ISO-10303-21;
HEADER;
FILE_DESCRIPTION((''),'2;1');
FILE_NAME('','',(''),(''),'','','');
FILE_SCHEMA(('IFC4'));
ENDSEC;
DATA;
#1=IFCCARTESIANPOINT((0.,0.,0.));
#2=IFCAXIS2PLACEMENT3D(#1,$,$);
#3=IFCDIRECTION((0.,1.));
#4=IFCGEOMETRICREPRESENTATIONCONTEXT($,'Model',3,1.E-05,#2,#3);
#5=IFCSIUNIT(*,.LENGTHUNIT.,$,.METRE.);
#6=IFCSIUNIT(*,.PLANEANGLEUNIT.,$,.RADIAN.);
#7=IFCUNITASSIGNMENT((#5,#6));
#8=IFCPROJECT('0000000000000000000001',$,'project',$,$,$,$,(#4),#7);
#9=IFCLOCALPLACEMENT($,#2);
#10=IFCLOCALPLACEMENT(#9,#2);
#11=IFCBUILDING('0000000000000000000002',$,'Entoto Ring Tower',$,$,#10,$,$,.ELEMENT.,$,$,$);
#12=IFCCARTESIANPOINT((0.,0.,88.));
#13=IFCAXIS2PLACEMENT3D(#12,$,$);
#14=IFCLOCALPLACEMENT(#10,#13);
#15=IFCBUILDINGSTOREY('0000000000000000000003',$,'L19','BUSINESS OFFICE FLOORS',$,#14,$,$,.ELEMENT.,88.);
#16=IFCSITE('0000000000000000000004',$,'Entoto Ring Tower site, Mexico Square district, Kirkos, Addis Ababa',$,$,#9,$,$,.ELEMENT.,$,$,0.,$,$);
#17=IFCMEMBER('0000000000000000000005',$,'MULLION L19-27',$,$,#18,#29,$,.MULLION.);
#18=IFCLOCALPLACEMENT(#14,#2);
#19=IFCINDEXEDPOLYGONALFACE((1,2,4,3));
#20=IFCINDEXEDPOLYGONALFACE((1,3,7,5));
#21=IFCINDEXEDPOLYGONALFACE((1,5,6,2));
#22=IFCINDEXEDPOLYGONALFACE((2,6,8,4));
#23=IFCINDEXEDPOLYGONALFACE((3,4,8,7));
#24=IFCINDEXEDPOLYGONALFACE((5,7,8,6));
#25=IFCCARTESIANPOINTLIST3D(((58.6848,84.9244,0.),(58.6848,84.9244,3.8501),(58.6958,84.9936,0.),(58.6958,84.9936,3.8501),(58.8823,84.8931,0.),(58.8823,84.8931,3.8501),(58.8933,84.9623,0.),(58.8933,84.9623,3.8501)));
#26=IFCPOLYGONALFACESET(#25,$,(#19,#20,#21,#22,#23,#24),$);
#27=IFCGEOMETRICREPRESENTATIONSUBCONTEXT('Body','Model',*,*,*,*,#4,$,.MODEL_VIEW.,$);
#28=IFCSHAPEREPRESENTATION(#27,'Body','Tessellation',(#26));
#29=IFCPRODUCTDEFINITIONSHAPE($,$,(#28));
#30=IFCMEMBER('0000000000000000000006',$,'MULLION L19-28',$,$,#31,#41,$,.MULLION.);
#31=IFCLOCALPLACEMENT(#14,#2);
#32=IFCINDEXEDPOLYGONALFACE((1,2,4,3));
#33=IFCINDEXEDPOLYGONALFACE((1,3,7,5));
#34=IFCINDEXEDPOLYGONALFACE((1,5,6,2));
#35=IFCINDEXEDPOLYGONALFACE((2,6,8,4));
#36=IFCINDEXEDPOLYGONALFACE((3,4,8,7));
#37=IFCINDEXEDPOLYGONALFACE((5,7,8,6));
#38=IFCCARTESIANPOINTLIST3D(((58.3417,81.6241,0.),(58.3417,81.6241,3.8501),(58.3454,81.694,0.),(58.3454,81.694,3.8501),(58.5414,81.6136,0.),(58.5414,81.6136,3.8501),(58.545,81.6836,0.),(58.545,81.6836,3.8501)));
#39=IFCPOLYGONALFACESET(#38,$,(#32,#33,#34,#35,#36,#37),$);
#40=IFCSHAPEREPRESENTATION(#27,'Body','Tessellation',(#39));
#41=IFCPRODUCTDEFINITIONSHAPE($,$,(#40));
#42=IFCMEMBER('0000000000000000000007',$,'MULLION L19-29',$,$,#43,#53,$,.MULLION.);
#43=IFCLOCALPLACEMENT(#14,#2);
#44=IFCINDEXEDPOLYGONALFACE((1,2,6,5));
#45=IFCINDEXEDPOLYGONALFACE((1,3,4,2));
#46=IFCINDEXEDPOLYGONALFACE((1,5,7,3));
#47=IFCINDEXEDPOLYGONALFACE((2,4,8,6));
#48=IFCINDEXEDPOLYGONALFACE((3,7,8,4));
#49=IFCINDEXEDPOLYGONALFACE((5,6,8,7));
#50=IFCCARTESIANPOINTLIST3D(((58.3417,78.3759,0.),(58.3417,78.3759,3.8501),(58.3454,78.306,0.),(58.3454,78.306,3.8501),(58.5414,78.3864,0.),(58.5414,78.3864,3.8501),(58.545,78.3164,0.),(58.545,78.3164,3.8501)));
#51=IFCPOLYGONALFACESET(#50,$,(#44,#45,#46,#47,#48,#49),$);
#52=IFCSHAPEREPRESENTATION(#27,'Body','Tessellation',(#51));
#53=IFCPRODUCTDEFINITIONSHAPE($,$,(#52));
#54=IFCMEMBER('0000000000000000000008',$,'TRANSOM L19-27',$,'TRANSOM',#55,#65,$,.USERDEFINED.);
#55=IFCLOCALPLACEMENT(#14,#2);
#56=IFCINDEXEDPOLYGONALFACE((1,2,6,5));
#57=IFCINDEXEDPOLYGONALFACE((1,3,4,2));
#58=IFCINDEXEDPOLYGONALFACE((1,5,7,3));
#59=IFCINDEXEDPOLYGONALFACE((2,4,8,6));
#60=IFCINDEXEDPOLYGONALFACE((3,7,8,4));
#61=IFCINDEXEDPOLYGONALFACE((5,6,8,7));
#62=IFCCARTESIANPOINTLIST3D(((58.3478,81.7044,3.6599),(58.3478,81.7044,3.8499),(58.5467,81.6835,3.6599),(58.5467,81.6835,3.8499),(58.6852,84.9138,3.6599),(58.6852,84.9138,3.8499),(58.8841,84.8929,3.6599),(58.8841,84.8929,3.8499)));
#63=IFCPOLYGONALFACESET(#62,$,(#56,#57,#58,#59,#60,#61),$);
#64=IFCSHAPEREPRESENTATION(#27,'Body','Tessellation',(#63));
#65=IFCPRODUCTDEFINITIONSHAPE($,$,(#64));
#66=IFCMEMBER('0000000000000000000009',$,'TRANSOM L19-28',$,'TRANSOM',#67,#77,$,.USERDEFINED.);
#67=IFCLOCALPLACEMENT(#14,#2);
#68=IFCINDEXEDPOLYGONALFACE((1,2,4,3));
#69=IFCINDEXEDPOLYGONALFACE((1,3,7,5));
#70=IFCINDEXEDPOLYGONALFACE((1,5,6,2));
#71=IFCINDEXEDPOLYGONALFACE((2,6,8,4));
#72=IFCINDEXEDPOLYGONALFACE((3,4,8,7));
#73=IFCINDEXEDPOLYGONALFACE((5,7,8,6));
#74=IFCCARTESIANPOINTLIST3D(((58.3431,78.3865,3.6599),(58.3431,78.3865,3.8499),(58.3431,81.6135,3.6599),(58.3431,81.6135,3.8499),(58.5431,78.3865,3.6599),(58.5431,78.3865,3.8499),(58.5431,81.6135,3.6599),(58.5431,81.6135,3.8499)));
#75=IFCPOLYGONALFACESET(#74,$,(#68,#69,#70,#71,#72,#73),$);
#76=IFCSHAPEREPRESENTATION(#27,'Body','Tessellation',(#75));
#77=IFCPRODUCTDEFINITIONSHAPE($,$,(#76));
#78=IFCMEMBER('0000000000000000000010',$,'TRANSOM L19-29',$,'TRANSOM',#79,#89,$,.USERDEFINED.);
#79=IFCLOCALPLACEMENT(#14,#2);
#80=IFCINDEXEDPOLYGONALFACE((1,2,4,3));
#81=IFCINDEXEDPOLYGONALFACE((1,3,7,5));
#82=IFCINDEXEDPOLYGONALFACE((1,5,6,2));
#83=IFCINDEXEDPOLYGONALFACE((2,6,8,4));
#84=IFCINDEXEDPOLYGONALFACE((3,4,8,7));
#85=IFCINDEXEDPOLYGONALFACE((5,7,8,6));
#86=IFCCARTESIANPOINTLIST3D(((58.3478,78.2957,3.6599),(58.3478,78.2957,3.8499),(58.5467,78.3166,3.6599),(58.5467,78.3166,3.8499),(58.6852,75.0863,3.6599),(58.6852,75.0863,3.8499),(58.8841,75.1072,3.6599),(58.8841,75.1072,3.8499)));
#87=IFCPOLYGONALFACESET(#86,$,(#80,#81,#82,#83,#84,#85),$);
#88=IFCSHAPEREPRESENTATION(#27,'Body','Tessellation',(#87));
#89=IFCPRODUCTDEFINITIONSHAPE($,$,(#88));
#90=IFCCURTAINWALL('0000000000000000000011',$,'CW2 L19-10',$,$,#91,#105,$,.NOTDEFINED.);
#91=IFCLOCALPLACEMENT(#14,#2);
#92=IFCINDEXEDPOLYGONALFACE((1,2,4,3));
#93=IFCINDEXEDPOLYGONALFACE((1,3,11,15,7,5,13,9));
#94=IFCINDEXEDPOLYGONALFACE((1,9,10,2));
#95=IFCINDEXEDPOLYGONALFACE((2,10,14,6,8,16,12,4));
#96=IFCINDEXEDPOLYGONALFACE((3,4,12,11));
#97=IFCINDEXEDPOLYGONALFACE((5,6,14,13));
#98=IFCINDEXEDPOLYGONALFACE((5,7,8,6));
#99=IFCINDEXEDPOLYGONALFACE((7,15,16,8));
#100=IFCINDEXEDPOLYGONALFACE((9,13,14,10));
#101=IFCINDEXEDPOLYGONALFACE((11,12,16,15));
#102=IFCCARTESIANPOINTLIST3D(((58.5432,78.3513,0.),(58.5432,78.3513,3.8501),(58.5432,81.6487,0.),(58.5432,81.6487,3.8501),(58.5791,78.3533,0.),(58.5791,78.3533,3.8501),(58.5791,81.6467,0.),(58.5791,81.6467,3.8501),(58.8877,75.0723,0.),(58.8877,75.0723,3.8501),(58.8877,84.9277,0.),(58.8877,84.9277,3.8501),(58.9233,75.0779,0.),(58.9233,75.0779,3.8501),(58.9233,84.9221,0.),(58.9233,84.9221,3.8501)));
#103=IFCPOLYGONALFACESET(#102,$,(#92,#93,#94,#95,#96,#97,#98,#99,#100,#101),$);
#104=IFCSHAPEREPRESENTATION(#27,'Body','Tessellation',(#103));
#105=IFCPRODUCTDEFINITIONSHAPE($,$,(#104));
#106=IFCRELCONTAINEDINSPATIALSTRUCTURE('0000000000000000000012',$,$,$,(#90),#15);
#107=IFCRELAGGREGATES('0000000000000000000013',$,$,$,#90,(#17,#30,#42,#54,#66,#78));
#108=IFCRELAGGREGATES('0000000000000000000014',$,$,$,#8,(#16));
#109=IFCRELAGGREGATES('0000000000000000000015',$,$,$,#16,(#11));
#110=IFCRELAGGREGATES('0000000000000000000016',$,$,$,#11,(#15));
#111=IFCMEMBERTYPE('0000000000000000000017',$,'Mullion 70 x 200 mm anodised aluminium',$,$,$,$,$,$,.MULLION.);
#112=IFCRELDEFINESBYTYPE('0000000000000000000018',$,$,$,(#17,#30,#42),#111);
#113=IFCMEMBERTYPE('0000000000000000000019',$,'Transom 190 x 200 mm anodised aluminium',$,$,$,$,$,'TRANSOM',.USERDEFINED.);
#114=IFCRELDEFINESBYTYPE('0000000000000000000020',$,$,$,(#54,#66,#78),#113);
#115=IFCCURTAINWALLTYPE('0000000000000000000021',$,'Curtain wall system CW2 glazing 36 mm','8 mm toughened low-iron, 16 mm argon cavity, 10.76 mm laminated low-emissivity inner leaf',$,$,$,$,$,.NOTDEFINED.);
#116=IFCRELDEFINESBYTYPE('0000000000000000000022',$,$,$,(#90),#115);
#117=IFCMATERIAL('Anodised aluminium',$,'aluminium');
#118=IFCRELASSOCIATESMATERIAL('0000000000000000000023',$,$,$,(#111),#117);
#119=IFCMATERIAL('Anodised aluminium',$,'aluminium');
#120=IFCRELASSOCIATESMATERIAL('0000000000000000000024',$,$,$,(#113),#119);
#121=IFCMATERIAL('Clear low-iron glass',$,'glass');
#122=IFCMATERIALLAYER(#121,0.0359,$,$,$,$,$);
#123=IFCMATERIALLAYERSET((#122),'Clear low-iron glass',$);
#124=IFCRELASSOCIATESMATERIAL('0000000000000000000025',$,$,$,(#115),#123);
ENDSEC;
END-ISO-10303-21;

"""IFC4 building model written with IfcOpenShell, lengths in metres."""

from ifc_helpers import new_model, si_unit, direction, frame, origin, origin_2d, place, context, subcontext, project, spatial, polyline, rectangle, outline, extrude, material, layer, layer_set, material_profile, profile_set, type_object, element, aggregate, save


model = new_model("IFC4")

# Units and contexts
model_context = context("Model", 3, precision=1e-05, world=origin(), true_north=direction((0.0, 1.0)))
body_context = subcontext(model_context, "Body", "Model", "MODEL_VIEW")
ifc_project = project(units=[si_unit("LENGTHUNIT", "METRE"), si_unit("PLANEANGLEUNIT", "RADIAN")], contexts=[model_context])

# Members
ifc_material_1 = material(Name="Anodised aluminium", Category="aluminium")
ifc_material_profile_1 = material_profile(ifc_material_1, rectangle(XDim=0.0701, YDim=0.2, at=origin_2d()), Name="Mullion 70 x 200 mm anodised aluminium")
ifc_profile_set_1 = profile_set([ifc_material_profile_1], Name="Anodised aluminium")
member_type_1 = type_object("IfcMemberType", Name="Mullion 70 x 200 mm anodised aluminium", PredefinedType="MULLION", material=ifc_profile_set_1)
site_placement = place(None, origin())
building_placement = place(site_placement, origin())
storey_placement = place(building_placement, frame((0.0, 0.0, 88.0)))
member_1_placement = place(storey_placement, frame((58.7891, 84.9434, 0.0), z_axis=(0.0, 0.0, 1.0), x_axis=(-0.156434, -0.987688, 0.0)))
member_1 = element("IfcMember", 1, at=member_1_placement, type_object=member_type_1, Name="MULLION L19-27", PredefinedType="MULLION", context=body_context, shape_type="SweptSolid", body=[
    extrude(rectangle(XDim=0.0701, YDim=0.2, at=origin_2d()), origin(), (0.0, 0.0, 1.0), 3.8501),
])
member_2_placement = place(storey_placement, frame((58.4434, 81.6538, 0.0), z_axis=(0.0, 0.0, 1.0), x_axis=(-0.052336, -0.99863, 0.0)))
member_2 = element("IfcMember", 2, at=member_2_placement, type_object=member_type_1, Name="MULLION L19-28", PredefinedType="MULLION", context=body_context, shape_type="SweptSolid", body=[
    extrude(rectangle(XDim=0.0701, YDim=0.2, at=origin_2d()), origin(), (0.0, 0.0, 1.0), 3.8501),
])
member_3_placement = place(storey_placement, frame((58.4434, 78.3462, 0.0), z_axis=(0.0, 0.0, 1.0), x_axis=(0.052336, -0.99863, 0.0)))
member_3 = element("IfcMember", 3, at=member_3_placement, type_object=member_type_1, Name="MULLION L19-29", PredefinedType="MULLION", context=body_context, shape_type="SweptSolid", body=[
    extrude(rectangle(XDim=0.0701, YDim=0.2, at=origin_2d()), origin(), (0.0, 0.0, 1.0), 3.8501),
])
ifc_material_2 = material(Name="Anodised aluminium", Category="aluminium")
ifc_material_profile_2 = material_profile(ifc_material_2, rectangle(XDim=0.2, YDim=0.1899, at=origin_2d()), Name="Transom 190 x 200 mm anodised aluminium")
ifc_profile_set_2 = profile_set([ifc_material_profile_2], Name="Anodised aluminium")
member_type_2 = type_object("IfcMemberType", Name="Transom 190 x 200 mm anodised aluminium", ElementType="TRANSOM", PredefinedType="USERDEFINED", material=ifc_profile_set_2)
member_4_placement = place(storey_placement, frame((58.7847, 84.9033, 3.7549), z_axis=(-0.104551, -0.99452, 0.0), x_axis=(0.99452, -0.104551, 0.0)))
member_4 = element("IfcMember", 4, at=member_4_placement, type_object=member_type_2, Name="TRANSOM L19-27", ObjectType="TRANSOM", PredefinedType="USERDEFINED", context=body_context, shape_type="SweptSolid", body=[
    extrude(rectangle(XDim=0.2, YDim=0.1899, at=origin_2d()), origin(), (0.0, 0.0, 1.0), 3.2271),
])
member_5_placement = place(storey_placement, frame((58.4431, 81.6135, 3.7549), z_axis=(0.0, -1.0, 0.0), x_axis=(1.0, 0.0, 0.0)))
member_5 = element("IfcMember", 5, at=member_5_placement, type_object=member_type_2, Name="TRANSOM L19-28", ObjectType="TRANSOM", PredefinedType="USERDEFINED", context=body_context, shape_type="SweptSolid", body=[
    extrude(rectangle(XDim=0.2, YDim=0.1899, at=origin_2d()), origin(), (0.0, 0.0, 1.0), 3.2271),
])
member_6_placement = place(storey_placement, frame((58.4473, 78.3062, 3.7549), z_axis=(0.104551, -0.99452, 0.0), x_axis=(0.99452, 0.104551, 0.0)))
member_6 = element("IfcMember", 6, at=member_6_placement, type_object=member_type_2, Name="TRANSOM L19-29", ObjectType="TRANSOM", PredefinedType="USERDEFINED", context=body_context, shape_type="SweptSolid", body=[
    extrude(rectangle(XDim=0.2, YDim=0.1899, at=origin_2d()), origin(), (0.0, 0.0, 1.0), 3.2271),
])

# Site, building, storey
site = spatial("IfcSite", under=ifc_project, at=site_placement, Name="Entoto Ring Tower site, Mexico Square district, Kirkos, Addis Ababa", CompositionType="ELEMENT", RefElevation=0.0)
building = spatial("IfcBuilding", under=site, at=building_placement, Name="Entoto Ring Tower", CompositionType="ELEMENT")
storey = spatial("IfcBuildingStorey", under=building, at=storey_placement, Name="L19", Description="BUSINESS OFFICE FLOORS", CompositionType="ELEMENT", Elevation=88.0)

# Curtain wall
ifc_material_3 = material(Name="Clear low-iron glass", Category="glass")
ifc_layer = layer(ifc_material_3, 0.0359)
ifc_layer_set = layer_set([ifc_layer], Name="Clear low-iron glass")
curtain_wall_type = type_object("IfcCurtainWallType", Name="Curtain wall system CW2 glazing 36 mm", Description="8 mm toughened low-iron, 16 mm argon cavity, 10.76 mm laminated low-emissivity inner leaf", PredefinedType="NOTDEFINED", material=ifc_layer_set)
curtain_wall_1_placement = place(storey_placement, origin())
curtain_wall_1 = element("IfcCurtainWall", 7, at=curtain_wall_1_placement, inside=storey, type_object=curtain_wall_type, Name="CW2 L19-10", PredefinedType="NOTDEFINED", context=body_context, shape_type="SweptSolid", body=[
    extrude(outline(polyline([(58.8877, 84.9277), (58.5432, 81.6487), (58.5432, 78.3513), (58.8877, 75.0723), (58.9233, 75.0779), (58.5791, 78.3533), (58.5791, 81.6467), (58.9233, 84.9221), (58.8877, 84.9277)])), origin(), (0.0, 0.0, 1.0), 3.8501),
])
aggregate(curtain_wall_1, [member_1, member_2, member_3, member_4, member_5, member_6])

save(model, "model.ifc")
